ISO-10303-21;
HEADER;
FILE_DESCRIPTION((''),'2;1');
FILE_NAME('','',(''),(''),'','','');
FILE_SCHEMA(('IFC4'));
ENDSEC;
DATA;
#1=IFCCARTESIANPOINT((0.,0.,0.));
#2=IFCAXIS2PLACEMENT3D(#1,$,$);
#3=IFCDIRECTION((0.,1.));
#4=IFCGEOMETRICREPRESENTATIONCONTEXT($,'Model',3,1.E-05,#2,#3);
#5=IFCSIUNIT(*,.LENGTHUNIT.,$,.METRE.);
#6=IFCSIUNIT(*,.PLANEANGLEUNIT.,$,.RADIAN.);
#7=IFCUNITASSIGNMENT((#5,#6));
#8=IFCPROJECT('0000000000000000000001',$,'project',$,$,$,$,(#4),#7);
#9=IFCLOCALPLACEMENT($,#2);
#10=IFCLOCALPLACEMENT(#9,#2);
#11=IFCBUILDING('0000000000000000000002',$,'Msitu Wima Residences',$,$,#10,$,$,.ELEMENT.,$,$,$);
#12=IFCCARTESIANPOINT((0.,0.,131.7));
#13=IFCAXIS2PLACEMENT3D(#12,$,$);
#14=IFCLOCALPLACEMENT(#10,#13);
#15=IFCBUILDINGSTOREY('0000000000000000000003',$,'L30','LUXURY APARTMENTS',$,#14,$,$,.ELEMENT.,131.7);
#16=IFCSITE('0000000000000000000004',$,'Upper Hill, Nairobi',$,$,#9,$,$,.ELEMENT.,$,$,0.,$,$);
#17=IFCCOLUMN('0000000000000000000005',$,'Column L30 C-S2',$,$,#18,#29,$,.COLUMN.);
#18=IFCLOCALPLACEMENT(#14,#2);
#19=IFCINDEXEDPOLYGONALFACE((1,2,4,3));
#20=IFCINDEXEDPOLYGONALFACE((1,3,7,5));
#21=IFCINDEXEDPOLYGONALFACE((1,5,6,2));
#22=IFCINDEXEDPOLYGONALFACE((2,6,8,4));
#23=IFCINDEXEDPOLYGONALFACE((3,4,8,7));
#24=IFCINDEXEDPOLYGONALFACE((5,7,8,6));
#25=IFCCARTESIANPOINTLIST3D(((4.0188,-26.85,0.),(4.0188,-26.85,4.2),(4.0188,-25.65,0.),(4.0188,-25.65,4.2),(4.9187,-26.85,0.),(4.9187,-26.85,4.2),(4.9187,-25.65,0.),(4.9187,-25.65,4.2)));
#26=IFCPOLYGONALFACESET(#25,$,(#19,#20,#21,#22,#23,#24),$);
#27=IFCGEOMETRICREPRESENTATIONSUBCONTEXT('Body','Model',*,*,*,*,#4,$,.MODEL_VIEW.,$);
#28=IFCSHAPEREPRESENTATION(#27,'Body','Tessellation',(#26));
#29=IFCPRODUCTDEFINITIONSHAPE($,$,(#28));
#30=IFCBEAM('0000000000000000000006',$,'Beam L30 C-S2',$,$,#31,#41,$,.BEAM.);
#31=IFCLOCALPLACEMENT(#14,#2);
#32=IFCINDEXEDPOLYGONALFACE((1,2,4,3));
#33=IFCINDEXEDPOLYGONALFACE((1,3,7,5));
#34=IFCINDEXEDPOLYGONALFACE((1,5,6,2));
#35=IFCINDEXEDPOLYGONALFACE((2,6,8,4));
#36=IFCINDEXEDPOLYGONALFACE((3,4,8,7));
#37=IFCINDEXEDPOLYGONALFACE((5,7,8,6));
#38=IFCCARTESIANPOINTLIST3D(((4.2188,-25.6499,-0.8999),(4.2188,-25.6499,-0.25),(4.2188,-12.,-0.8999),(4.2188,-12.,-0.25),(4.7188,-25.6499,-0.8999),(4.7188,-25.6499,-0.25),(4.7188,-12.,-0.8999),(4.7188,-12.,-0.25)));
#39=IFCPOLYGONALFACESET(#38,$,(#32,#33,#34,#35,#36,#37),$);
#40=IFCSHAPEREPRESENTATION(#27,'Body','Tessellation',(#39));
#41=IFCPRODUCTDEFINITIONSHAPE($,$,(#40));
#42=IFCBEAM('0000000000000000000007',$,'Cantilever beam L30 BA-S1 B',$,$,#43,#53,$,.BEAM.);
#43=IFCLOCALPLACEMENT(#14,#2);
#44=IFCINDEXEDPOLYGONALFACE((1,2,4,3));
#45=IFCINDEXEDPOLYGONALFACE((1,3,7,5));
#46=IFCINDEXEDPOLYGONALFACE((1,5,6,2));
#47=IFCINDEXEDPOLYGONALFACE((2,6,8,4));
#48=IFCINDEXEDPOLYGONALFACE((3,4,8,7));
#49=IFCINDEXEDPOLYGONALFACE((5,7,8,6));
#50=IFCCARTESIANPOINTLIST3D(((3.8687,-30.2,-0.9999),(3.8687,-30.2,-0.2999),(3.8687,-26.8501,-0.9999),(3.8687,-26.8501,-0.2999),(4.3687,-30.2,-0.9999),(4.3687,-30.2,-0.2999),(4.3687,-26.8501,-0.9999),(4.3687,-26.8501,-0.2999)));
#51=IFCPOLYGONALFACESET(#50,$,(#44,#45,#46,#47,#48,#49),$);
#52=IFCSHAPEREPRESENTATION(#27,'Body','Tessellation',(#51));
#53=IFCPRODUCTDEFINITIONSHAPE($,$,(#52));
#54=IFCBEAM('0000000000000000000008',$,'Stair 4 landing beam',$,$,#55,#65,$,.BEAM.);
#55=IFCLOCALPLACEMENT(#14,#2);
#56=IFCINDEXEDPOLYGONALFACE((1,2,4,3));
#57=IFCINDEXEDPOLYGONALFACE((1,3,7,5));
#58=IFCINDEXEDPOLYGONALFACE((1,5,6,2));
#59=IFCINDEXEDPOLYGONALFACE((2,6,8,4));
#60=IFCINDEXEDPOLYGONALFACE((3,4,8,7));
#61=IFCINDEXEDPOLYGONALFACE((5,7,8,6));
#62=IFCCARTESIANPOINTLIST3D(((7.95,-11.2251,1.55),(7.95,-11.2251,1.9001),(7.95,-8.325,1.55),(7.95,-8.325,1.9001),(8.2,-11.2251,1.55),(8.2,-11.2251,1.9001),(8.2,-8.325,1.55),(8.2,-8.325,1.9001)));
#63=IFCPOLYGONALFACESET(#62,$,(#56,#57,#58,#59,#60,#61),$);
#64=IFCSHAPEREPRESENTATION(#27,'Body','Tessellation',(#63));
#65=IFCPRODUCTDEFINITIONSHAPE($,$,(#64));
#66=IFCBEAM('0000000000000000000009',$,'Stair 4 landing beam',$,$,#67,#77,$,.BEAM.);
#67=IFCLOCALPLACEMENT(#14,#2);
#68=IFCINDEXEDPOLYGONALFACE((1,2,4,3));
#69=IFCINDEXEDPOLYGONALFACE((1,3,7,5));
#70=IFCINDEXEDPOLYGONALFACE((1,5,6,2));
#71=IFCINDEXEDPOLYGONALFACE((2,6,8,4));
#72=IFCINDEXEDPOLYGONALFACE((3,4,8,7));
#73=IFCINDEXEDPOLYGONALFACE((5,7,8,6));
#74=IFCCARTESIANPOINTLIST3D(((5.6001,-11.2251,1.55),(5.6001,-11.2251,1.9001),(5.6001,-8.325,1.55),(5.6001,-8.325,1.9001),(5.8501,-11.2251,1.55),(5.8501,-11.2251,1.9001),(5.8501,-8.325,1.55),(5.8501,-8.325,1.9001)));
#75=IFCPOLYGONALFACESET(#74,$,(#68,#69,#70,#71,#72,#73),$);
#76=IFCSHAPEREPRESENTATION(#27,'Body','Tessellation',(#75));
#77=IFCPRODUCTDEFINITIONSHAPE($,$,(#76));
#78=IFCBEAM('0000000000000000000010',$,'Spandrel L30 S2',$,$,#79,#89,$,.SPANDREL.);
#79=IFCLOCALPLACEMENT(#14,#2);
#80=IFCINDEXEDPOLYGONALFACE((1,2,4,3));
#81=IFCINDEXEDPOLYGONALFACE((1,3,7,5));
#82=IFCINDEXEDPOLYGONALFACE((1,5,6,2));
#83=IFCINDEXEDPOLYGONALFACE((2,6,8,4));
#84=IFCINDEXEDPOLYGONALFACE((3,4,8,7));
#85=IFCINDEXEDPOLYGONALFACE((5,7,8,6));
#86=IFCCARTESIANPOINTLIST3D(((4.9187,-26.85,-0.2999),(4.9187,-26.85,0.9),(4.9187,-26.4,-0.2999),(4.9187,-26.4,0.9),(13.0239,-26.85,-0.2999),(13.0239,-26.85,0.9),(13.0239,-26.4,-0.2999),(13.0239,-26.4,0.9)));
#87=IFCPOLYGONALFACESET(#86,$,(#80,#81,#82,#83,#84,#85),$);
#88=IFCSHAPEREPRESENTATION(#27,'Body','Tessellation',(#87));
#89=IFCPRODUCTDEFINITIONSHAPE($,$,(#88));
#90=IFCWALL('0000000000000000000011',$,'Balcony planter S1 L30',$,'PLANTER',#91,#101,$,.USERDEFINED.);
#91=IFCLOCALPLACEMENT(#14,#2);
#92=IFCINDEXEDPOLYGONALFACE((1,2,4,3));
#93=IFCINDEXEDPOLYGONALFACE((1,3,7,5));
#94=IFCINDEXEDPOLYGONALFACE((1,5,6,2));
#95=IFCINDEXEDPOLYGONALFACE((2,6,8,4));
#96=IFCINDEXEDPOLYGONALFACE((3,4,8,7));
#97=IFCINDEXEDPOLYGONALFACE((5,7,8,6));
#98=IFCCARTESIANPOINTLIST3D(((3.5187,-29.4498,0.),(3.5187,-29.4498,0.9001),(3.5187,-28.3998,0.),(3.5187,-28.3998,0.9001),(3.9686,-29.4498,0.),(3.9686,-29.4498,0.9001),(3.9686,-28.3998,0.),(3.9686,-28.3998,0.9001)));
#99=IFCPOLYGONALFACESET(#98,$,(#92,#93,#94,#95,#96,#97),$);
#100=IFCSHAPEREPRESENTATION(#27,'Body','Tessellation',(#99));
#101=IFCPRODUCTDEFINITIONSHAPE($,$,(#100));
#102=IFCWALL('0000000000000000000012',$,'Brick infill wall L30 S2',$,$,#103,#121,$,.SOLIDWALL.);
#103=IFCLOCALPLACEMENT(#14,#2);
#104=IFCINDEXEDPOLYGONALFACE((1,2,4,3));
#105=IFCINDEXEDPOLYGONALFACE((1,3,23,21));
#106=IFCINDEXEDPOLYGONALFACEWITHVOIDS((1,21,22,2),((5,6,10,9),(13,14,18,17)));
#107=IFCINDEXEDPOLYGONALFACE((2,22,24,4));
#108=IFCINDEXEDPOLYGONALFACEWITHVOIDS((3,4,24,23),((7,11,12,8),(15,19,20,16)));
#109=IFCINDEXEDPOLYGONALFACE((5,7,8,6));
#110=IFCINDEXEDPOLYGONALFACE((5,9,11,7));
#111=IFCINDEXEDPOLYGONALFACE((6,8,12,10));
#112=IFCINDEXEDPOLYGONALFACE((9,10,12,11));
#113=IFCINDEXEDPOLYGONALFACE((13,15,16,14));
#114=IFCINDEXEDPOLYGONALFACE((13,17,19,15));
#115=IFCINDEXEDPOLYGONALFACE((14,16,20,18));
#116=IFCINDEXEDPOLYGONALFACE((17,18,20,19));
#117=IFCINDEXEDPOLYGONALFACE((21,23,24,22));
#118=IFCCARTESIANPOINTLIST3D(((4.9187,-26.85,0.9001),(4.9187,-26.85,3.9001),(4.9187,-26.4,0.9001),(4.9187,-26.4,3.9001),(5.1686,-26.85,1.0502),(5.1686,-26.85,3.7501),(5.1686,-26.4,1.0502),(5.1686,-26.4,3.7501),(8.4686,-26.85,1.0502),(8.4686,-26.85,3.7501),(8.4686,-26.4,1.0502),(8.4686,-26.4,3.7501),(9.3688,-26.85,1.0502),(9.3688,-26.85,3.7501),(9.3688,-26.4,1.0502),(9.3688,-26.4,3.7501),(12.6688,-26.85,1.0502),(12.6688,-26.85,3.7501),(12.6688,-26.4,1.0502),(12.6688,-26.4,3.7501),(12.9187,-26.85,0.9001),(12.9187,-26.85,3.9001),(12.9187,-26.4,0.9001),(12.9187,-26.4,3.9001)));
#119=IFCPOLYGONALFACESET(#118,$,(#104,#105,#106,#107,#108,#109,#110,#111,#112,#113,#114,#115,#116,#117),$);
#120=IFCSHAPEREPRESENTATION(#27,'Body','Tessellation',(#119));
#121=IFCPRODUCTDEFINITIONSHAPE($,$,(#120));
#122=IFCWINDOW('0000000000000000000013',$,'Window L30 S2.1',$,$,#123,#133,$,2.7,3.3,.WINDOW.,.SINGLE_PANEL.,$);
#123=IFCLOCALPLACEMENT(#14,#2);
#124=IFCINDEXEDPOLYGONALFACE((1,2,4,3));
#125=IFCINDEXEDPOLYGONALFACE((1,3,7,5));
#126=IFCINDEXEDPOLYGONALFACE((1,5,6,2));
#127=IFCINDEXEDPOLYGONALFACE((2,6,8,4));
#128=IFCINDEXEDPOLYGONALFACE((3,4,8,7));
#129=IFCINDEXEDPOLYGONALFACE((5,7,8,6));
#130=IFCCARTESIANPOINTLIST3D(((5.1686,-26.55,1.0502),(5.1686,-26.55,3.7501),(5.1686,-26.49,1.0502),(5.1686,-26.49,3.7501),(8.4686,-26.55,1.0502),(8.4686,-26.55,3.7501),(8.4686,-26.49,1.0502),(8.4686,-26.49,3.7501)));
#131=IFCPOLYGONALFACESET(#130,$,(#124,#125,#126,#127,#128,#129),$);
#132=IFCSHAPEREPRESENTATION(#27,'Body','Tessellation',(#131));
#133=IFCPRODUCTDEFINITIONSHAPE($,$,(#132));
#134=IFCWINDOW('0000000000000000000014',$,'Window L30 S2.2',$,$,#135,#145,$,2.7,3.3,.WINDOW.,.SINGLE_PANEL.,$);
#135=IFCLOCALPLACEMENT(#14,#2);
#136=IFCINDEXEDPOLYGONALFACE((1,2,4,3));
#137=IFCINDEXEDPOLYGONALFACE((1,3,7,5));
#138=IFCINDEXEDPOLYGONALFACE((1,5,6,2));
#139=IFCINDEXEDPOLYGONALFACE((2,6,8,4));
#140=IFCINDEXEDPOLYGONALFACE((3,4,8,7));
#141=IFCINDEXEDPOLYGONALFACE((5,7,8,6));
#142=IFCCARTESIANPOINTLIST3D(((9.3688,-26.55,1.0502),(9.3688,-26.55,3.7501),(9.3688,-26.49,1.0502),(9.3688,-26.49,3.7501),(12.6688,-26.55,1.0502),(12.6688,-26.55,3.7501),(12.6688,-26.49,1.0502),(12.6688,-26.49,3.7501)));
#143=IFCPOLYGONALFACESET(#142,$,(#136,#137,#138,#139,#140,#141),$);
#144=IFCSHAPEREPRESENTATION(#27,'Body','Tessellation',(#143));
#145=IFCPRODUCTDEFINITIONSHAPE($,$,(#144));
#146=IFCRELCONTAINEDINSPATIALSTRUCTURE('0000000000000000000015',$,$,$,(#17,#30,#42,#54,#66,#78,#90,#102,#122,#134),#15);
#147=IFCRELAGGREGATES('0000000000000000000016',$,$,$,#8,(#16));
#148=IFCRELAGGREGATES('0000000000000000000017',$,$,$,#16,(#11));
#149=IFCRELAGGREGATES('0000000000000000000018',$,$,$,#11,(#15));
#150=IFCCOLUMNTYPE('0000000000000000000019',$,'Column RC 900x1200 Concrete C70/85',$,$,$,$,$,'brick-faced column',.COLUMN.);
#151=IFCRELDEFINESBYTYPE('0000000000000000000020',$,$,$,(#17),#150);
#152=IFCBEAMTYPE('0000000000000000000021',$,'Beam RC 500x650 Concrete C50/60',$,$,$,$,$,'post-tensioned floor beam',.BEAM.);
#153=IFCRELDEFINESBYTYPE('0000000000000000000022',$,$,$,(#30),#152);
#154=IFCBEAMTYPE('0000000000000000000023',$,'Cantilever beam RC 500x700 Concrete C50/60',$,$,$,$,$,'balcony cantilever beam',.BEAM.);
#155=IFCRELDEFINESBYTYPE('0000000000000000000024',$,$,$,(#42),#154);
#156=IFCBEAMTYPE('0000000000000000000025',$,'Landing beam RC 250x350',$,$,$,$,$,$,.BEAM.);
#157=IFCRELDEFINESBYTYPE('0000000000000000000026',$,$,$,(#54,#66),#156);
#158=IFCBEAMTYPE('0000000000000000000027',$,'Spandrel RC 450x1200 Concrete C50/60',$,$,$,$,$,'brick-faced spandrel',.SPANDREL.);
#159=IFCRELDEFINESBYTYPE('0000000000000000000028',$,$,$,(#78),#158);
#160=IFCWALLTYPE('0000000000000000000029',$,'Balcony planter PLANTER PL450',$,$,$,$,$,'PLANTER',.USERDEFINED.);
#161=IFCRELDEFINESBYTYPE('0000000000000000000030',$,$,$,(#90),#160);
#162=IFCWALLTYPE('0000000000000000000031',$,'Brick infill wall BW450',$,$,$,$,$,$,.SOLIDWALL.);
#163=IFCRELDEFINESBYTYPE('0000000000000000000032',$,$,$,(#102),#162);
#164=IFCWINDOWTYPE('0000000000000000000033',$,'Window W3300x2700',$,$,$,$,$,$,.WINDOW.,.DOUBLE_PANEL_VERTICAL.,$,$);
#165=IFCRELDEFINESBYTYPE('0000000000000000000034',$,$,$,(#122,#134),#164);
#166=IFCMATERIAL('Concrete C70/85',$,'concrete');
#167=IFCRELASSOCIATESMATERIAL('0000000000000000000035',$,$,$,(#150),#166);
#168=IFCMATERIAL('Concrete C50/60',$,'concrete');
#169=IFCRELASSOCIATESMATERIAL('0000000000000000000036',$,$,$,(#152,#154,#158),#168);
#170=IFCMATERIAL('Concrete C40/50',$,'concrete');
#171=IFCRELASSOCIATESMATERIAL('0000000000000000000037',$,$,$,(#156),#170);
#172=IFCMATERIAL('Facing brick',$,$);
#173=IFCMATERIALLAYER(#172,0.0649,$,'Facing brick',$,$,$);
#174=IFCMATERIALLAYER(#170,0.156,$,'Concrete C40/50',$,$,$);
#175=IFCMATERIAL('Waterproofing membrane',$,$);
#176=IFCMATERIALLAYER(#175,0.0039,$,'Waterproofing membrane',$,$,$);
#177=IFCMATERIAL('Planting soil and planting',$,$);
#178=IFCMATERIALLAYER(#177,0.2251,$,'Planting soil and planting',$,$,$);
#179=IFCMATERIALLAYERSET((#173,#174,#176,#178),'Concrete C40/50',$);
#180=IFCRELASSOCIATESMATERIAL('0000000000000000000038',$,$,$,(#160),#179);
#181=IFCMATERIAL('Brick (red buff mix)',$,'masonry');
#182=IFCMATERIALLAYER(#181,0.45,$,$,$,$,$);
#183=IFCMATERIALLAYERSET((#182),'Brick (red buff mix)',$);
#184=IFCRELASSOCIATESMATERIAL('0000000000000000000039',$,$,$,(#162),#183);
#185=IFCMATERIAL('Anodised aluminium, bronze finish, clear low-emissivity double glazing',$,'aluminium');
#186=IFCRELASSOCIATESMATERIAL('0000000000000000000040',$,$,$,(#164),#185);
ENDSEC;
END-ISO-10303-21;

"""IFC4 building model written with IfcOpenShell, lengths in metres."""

from ifc_helpers import new_model, si_unit, direction, frame, frame_2d, origin, origin_2d, place, context, subcontext, project, spatial, rectangle, extrude, material, layer, layer_set, material_profile, profile_set, type_object, element, fill, save


model = new_model("IFC4")

# Units and contexts
model_context = context("Model", 3, precision=1e-05, world=origin(), true_north=direction((0.0, 1.0)))
body_context = subcontext(model_context, "Body", "Model", "MODEL_VIEW")
ifc_project = project(units=[si_unit("LENGTHUNIT", "METRE"), si_unit("PLANEANGLEUNIT", "RADIAN")], contexts=[model_context])

# Site, building, storey
site_placement = place(None, origin())
site = spatial("IfcSite", under=ifc_project, at=site_placement, Name="Upper Hill, Nairobi", CompositionType="ELEMENT", RefElevation=0.0)
building_placement = place(site_placement, origin())
building = spatial("IfcBuilding", under=site, at=building_placement, Name="Msitu Wima Residences", CompositionType="ELEMENT")
storey_placement = place(building_placement, frame((0.0, 0.0, 131.7)))
storey = spatial("IfcBuildingStorey", under=building, at=storey_placement, Name="L30", Description="LUXURY APARTMENTS", CompositionType="ELEMENT", Elevation=131.7)

# Column
ifc_material_1 = material(Name="Concrete C70/85", Category="concrete")
ifc_material_profile_1 = material_profile(ifc_material_1, rectangle(XDim=0.8999, YDim=1.2, at=origin_2d()), Name="RC 900x1200")
ifc_profile_set_1 = profile_set([ifc_material_profile_1], Name="Concrete C70/85")
column_type = type_object("IfcColumnType", Name="Column RC 900x1200 Concrete C70/85", ElementType="brick-faced column", PredefinedType="COLUMN", material=ifc_profile_set_1)
column_placement = place(storey_placement, frame((4.4688, -26.25, 0.0), z_axis=(0.0, 0.0, 1.0), x_axis=(1.0, 0.0, 0.0)))
element("IfcColumn", 1, at=column_placement, inside=storey, type_object=column_type, Name="Column L30 C-S2", PredefinedType="COLUMN", context=body_context, shape_type="SweptSolid", body=[
    extrude(rectangle(XDim=0.8999, YDim=1.2, at=origin_2d()), origin(), (0.0, 0.0, 1.0), 4.2),
])

# Beams
ifc_material_2 = material(Name="Concrete C50/60", Category="concrete")
ifc_material_profile_2 = material_profile(ifc_material_2, rectangle(XDim=0.5, YDim=0.6499, at=origin_2d()), Name="RC 500x650")
ifc_profile_set_2 = profile_set([ifc_material_profile_2], Name="Concrete C50/60")
beam_type_1 = type_object("IfcBeamType", Name="Beam RC 500x650 Concrete C50/60", ElementType="post-tensioned floor beam", PredefinedType="BEAM", material=ifc_profile_set_2)
beam_1_placement = place(storey_placement, frame((4.4688, -25.6499, -0.575), z_axis=(0.0, 1.0, 0.0), x_axis=(-1.0, 0.0, 0.0)))
element("IfcBeam", 2, at=beam_1_placement, inside=storey, type_object=beam_type_1, Name="Beam L30 C-S2", PredefinedType="BEAM", context=body_context, shape_type="SweptSolid", body=[
    extrude(rectangle(XDim=0.5, YDim=0.6499, at=origin_2d()), origin(), (0.0, 0.0, 1.0), 13.6499),
])
ifc_material_profile_3 = material_profile(ifc_material_2, rectangle(XDim=0.5, YDim=0.7, at=origin_2d()), Name="RC 500x700")
ifc_profile_set_3 = profile_set([ifc_material_profile_3], Name="Concrete C50/60")
beam_type_2 = type_object("IfcBeamType", Name="Cantilever beam RC 500x700 Concrete C50/60", ElementType="balcony cantilever beam", PredefinedType="BEAM", material=ifc_profile_set_3)
beam_2_placement = place(storey_placement, frame((4.1187, -26.8501, -0.6499), z_axis=(0.0, -1.0, 0.0), x_axis=(1.0, 0.0, 0.0)))
element("IfcBeam", 3, at=beam_2_placement, inside=storey, type_object=beam_type_2, Name="Cantilever beam L30 BA-S1 B", PredefinedType="BEAM", context=body_context, shape_type="SweptSolid", body=[
    extrude(rectangle(XDim=0.5, YDim=0.7, at=origin_2d()), origin(), (0.0, 0.0, 1.0), 3.3499),
])
ifc_material_3 = material(Name="Concrete C40/50", Category="concrete")
ifc_material_profile_4 = material_profile(ifc_material_3, rectangle(XDim=0.25, YDim=0.3501, at=origin_2d()), Name="RC 250x350")
ifc_profile_set_4 = profile_set([ifc_material_profile_4], Name="Concrete C40/50")
beam_type_3 = type_object("IfcBeamType", Name="Landing beam RC 250x350", PredefinedType="BEAM", material=ifc_profile_set_4)
for number, where, z_axis, x_axis, name in (
    (4, (8.075, -11.2251, 1.7251), (0.0, 1.0, 0.0), (-1.0, 0.0, 0.0), "Stair 4 landing beam"),
    (5, (5.7251, -11.2251, 1.7251), (0.0, 1.0, 0.0), (-1.0, 0.0, 0.0), "Stair 4 landing beam"),
):
    element("IfcBeam", number, at=place(storey_placement, frame(where, z_axis=z_axis, x_axis=x_axis)), inside=storey, type_object=beam_type_3, Name=name, PredefinedType="BEAM", context=body_context, shape_type="SweptSolid", body=[
        extrude(rectangle(XDim=0.25, YDim=0.3501, at=origin_2d()), origin(), (0.0, 0.0, 1.0), 2.9001),
    ])
ifc_material_profile_5 = material_profile(ifc_material_2, rectangle(XDim=0.45, YDim=1.2, at=origin_2d()), Name="RC 450x1200")
ifc_profile_set_5 = profile_set([ifc_material_profile_5], Name="Concrete C50/60")
beam_type_4 = type_object("IfcBeamType", Name="Spandrel RC 450x1200 Concrete C50/60", ElementType="brick-faced spandrel", PredefinedType="SPANDREL", material=ifc_profile_set_5)
beam_3_placement = place(storey_placement, frame((4.9187, -26.625, 0.3), z_axis=(1.0, 0.0, 0.0), x_axis=(0.0, 1.0, 0.0)))
element("IfcBeam", 6, at=beam_3_placement, inside=storey, type_object=beam_type_4, Name="Spandrel L30 S2", PredefinedType="SPANDREL", context=body_context, shape_type="SweptSolid", body=[
    extrude(rectangle(XDim=0.45, YDim=1.2, at=origin_2d()), origin(), (0.0, 0.0, 1.0), 8.1052),
])

# Wall
ifc_material_4 = material(Name="Facing brick")
ifc_layer_1 = layer(ifc_material_4, 0.0649, Name="Facing brick")
ifc_layer_2 = layer(ifc_material_3, 0.156, Name="Concrete C40/50")
ifc_material_5 = material(Name="Waterproofing membrane")
ifc_layer_3 = layer(ifc_material_5, 0.0039, Name="Waterproofing membrane")
ifc_material_6 = material(Name="Planting soil and planting")
ifc_layer_4 = layer(ifc_material_6, 0.2251, Name="Planting soil and planting")
ifc_layer_set_1 = layer_set([ifc_layer_1, ifc_layer_2, ifc_layer_3, ifc_layer_4], Name="Concrete C40/50")
wall_type_1 = type_object("IfcWallType", Name="Balcony planter PLANTER PL450", ElementType="PLANTER", PredefinedType="USERDEFINED", material=ifc_layer_set_1)
wall_1_placement = place(storey_placement, frame((3.7437, -28.3999, 0.0), z_axis=(0.0, 0.0, 1.0), x_axis=(0.0, -1.0, 0.0)))
element("IfcWall", 7, at=wall_1_placement, inside=storey, type_object=wall_type_1, Name="Balcony planter S1 L30", ObjectType="PLANTER", PredefinedType="USERDEFINED", context=body_context, shape_type="SweptSolid", body=[
    extrude(rectangle(XDim=1.05, YDim=0.45, at=frame_2d((0.5249, 0.0))), origin(), (0.0, 0.0, 1.0), 0.9001),
])

# Wall, openings, windows
ifc_material_7 = material(Name="Brick (red buff mix)", Category="masonry")
ifc_layer_5 = layer(ifc_material_7, 0.45)
ifc_layer_set_2 = layer_set([ifc_layer_5], Name="Brick (red buff mix)")
wall_type_2 = type_object("IfcWallType", Name="Brick infill wall BW450", PredefinedType="SOLIDWALL", material=ifc_layer_set_2)
wall_2_placement = place(storey_placement, frame((4.9187, -26.625, 0.9001), z_axis=(0.0, 0.0, 1.0), x_axis=(1.0, 0.0, 0.0)))
wall_2 = element("IfcWall", 8, at=wall_2_placement, inside=storey, type_object=wall_type_2, Name="Brick infill wall L30 S2", PredefinedType="SOLIDWALL", context=body_context, shape_type="SweptSolid", body=[
    extrude(rectangle(XDim=8.0, YDim=0.45, at=frame_2d((4.0, 0.0))), origin(), (0.0, 0.0, 1.0), 3.0),
])
opening_1_placement = place(wall_2_placement, frame((0.25, 0.0, 0.1499)))
opening_1 = element("IfcOpeningElement", 9, at=opening_1_placement, cuts=wall_2, PredefinedType="OPENING", context=body_context, shape_type="SweptSolid", body=[
    extrude(rectangle(XDim=3.3, YDim=2.7, at=frame_2d((1.6499, 1.3501))), frame((0.0, 0.2349, 0.0), z_axis=(0.0, -1.0, 0.0), x_axis=(1.0, 0.0, 0.0)), (0.0, 0.0, 1.0), 0.47),
])
opening_2_placement = place(wall_2_placement, frame((4.4502, 0.0, 0.1499)))
opening_2 = element("IfcOpeningElement", 10, at=opening_2_placement, cuts=wall_2, PredefinedType="OPENING", context=body_context, shape_type="SweptSolid", body=[
    extrude(rectangle(XDim=3.3, YDim=2.7, at=frame_2d((1.6499, 1.3501))), frame((0.0, 0.2349, 0.0), z_axis=(0.0, -1.0, 0.0), x_axis=(1.0, 0.0, 0.0)), (0.0, 0.0, 1.0), 0.47),
])
ifc_material_8 = material(Name="Anodised aluminium, bronze finish, clear low-emissivity double glazing", Category="aluminium")
window_type = type_object("IfcWindowType", Name="Window W3300x2700", PartitioningType="DOUBLE_PANEL_VERTICAL", PredefinedType="WINDOW", material=ifc_material_8)
window_1_placement = place(opening_1_placement, origin())
window_1 = element("IfcWindow", 11, at=window_1_placement, inside=storey, type_object=window_type, Name="Window L30 S2.1", OverallHeight=2.7, OverallWidth=3.3, PartitioningType="SINGLE_PANEL", PredefinedType="WINDOW", context=body_context, shape_type="SweptSolid", body=[
    extrude(rectangle(XDim=3.3, YDim=2.7, at=frame_2d((1.6499, 1.3501))), frame((0.0, 0.135, 0.0), z_axis=(0.0, -1.0, 0.0), x_axis=(1.0, 0.0, 0.0)), (0.0, 0.0, 1.0), 0.0601),
])
fill(opening_1, window_1)
window_2_placement = place(opening_2_placement, origin())
window_2 = element("IfcWindow", 12, at=window_2_placement, inside=storey, type_object=window_type, Name="Window L30 S2.2", OverallHeight=2.7, OverallWidth=3.3, PartitioningType="SINGLE_PANEL", PredefinedType="WINDOW", context=body_context, shape_type="SweptSolid", body=[
    extrude(rectangle(XDim=3.3, YDim=2.7, at=frame_2d((1.6499, 1.3501))), frame((0.0, 0.135, 0.0), z_axis=(0.0, -1.0, 0.0), x_axis=(1.0, 0.0, 0.0)), (0.0, 0.0, 1.0), 0.0601),
])
fill(opening_2, window_2)

save(model, "model.ifc")
